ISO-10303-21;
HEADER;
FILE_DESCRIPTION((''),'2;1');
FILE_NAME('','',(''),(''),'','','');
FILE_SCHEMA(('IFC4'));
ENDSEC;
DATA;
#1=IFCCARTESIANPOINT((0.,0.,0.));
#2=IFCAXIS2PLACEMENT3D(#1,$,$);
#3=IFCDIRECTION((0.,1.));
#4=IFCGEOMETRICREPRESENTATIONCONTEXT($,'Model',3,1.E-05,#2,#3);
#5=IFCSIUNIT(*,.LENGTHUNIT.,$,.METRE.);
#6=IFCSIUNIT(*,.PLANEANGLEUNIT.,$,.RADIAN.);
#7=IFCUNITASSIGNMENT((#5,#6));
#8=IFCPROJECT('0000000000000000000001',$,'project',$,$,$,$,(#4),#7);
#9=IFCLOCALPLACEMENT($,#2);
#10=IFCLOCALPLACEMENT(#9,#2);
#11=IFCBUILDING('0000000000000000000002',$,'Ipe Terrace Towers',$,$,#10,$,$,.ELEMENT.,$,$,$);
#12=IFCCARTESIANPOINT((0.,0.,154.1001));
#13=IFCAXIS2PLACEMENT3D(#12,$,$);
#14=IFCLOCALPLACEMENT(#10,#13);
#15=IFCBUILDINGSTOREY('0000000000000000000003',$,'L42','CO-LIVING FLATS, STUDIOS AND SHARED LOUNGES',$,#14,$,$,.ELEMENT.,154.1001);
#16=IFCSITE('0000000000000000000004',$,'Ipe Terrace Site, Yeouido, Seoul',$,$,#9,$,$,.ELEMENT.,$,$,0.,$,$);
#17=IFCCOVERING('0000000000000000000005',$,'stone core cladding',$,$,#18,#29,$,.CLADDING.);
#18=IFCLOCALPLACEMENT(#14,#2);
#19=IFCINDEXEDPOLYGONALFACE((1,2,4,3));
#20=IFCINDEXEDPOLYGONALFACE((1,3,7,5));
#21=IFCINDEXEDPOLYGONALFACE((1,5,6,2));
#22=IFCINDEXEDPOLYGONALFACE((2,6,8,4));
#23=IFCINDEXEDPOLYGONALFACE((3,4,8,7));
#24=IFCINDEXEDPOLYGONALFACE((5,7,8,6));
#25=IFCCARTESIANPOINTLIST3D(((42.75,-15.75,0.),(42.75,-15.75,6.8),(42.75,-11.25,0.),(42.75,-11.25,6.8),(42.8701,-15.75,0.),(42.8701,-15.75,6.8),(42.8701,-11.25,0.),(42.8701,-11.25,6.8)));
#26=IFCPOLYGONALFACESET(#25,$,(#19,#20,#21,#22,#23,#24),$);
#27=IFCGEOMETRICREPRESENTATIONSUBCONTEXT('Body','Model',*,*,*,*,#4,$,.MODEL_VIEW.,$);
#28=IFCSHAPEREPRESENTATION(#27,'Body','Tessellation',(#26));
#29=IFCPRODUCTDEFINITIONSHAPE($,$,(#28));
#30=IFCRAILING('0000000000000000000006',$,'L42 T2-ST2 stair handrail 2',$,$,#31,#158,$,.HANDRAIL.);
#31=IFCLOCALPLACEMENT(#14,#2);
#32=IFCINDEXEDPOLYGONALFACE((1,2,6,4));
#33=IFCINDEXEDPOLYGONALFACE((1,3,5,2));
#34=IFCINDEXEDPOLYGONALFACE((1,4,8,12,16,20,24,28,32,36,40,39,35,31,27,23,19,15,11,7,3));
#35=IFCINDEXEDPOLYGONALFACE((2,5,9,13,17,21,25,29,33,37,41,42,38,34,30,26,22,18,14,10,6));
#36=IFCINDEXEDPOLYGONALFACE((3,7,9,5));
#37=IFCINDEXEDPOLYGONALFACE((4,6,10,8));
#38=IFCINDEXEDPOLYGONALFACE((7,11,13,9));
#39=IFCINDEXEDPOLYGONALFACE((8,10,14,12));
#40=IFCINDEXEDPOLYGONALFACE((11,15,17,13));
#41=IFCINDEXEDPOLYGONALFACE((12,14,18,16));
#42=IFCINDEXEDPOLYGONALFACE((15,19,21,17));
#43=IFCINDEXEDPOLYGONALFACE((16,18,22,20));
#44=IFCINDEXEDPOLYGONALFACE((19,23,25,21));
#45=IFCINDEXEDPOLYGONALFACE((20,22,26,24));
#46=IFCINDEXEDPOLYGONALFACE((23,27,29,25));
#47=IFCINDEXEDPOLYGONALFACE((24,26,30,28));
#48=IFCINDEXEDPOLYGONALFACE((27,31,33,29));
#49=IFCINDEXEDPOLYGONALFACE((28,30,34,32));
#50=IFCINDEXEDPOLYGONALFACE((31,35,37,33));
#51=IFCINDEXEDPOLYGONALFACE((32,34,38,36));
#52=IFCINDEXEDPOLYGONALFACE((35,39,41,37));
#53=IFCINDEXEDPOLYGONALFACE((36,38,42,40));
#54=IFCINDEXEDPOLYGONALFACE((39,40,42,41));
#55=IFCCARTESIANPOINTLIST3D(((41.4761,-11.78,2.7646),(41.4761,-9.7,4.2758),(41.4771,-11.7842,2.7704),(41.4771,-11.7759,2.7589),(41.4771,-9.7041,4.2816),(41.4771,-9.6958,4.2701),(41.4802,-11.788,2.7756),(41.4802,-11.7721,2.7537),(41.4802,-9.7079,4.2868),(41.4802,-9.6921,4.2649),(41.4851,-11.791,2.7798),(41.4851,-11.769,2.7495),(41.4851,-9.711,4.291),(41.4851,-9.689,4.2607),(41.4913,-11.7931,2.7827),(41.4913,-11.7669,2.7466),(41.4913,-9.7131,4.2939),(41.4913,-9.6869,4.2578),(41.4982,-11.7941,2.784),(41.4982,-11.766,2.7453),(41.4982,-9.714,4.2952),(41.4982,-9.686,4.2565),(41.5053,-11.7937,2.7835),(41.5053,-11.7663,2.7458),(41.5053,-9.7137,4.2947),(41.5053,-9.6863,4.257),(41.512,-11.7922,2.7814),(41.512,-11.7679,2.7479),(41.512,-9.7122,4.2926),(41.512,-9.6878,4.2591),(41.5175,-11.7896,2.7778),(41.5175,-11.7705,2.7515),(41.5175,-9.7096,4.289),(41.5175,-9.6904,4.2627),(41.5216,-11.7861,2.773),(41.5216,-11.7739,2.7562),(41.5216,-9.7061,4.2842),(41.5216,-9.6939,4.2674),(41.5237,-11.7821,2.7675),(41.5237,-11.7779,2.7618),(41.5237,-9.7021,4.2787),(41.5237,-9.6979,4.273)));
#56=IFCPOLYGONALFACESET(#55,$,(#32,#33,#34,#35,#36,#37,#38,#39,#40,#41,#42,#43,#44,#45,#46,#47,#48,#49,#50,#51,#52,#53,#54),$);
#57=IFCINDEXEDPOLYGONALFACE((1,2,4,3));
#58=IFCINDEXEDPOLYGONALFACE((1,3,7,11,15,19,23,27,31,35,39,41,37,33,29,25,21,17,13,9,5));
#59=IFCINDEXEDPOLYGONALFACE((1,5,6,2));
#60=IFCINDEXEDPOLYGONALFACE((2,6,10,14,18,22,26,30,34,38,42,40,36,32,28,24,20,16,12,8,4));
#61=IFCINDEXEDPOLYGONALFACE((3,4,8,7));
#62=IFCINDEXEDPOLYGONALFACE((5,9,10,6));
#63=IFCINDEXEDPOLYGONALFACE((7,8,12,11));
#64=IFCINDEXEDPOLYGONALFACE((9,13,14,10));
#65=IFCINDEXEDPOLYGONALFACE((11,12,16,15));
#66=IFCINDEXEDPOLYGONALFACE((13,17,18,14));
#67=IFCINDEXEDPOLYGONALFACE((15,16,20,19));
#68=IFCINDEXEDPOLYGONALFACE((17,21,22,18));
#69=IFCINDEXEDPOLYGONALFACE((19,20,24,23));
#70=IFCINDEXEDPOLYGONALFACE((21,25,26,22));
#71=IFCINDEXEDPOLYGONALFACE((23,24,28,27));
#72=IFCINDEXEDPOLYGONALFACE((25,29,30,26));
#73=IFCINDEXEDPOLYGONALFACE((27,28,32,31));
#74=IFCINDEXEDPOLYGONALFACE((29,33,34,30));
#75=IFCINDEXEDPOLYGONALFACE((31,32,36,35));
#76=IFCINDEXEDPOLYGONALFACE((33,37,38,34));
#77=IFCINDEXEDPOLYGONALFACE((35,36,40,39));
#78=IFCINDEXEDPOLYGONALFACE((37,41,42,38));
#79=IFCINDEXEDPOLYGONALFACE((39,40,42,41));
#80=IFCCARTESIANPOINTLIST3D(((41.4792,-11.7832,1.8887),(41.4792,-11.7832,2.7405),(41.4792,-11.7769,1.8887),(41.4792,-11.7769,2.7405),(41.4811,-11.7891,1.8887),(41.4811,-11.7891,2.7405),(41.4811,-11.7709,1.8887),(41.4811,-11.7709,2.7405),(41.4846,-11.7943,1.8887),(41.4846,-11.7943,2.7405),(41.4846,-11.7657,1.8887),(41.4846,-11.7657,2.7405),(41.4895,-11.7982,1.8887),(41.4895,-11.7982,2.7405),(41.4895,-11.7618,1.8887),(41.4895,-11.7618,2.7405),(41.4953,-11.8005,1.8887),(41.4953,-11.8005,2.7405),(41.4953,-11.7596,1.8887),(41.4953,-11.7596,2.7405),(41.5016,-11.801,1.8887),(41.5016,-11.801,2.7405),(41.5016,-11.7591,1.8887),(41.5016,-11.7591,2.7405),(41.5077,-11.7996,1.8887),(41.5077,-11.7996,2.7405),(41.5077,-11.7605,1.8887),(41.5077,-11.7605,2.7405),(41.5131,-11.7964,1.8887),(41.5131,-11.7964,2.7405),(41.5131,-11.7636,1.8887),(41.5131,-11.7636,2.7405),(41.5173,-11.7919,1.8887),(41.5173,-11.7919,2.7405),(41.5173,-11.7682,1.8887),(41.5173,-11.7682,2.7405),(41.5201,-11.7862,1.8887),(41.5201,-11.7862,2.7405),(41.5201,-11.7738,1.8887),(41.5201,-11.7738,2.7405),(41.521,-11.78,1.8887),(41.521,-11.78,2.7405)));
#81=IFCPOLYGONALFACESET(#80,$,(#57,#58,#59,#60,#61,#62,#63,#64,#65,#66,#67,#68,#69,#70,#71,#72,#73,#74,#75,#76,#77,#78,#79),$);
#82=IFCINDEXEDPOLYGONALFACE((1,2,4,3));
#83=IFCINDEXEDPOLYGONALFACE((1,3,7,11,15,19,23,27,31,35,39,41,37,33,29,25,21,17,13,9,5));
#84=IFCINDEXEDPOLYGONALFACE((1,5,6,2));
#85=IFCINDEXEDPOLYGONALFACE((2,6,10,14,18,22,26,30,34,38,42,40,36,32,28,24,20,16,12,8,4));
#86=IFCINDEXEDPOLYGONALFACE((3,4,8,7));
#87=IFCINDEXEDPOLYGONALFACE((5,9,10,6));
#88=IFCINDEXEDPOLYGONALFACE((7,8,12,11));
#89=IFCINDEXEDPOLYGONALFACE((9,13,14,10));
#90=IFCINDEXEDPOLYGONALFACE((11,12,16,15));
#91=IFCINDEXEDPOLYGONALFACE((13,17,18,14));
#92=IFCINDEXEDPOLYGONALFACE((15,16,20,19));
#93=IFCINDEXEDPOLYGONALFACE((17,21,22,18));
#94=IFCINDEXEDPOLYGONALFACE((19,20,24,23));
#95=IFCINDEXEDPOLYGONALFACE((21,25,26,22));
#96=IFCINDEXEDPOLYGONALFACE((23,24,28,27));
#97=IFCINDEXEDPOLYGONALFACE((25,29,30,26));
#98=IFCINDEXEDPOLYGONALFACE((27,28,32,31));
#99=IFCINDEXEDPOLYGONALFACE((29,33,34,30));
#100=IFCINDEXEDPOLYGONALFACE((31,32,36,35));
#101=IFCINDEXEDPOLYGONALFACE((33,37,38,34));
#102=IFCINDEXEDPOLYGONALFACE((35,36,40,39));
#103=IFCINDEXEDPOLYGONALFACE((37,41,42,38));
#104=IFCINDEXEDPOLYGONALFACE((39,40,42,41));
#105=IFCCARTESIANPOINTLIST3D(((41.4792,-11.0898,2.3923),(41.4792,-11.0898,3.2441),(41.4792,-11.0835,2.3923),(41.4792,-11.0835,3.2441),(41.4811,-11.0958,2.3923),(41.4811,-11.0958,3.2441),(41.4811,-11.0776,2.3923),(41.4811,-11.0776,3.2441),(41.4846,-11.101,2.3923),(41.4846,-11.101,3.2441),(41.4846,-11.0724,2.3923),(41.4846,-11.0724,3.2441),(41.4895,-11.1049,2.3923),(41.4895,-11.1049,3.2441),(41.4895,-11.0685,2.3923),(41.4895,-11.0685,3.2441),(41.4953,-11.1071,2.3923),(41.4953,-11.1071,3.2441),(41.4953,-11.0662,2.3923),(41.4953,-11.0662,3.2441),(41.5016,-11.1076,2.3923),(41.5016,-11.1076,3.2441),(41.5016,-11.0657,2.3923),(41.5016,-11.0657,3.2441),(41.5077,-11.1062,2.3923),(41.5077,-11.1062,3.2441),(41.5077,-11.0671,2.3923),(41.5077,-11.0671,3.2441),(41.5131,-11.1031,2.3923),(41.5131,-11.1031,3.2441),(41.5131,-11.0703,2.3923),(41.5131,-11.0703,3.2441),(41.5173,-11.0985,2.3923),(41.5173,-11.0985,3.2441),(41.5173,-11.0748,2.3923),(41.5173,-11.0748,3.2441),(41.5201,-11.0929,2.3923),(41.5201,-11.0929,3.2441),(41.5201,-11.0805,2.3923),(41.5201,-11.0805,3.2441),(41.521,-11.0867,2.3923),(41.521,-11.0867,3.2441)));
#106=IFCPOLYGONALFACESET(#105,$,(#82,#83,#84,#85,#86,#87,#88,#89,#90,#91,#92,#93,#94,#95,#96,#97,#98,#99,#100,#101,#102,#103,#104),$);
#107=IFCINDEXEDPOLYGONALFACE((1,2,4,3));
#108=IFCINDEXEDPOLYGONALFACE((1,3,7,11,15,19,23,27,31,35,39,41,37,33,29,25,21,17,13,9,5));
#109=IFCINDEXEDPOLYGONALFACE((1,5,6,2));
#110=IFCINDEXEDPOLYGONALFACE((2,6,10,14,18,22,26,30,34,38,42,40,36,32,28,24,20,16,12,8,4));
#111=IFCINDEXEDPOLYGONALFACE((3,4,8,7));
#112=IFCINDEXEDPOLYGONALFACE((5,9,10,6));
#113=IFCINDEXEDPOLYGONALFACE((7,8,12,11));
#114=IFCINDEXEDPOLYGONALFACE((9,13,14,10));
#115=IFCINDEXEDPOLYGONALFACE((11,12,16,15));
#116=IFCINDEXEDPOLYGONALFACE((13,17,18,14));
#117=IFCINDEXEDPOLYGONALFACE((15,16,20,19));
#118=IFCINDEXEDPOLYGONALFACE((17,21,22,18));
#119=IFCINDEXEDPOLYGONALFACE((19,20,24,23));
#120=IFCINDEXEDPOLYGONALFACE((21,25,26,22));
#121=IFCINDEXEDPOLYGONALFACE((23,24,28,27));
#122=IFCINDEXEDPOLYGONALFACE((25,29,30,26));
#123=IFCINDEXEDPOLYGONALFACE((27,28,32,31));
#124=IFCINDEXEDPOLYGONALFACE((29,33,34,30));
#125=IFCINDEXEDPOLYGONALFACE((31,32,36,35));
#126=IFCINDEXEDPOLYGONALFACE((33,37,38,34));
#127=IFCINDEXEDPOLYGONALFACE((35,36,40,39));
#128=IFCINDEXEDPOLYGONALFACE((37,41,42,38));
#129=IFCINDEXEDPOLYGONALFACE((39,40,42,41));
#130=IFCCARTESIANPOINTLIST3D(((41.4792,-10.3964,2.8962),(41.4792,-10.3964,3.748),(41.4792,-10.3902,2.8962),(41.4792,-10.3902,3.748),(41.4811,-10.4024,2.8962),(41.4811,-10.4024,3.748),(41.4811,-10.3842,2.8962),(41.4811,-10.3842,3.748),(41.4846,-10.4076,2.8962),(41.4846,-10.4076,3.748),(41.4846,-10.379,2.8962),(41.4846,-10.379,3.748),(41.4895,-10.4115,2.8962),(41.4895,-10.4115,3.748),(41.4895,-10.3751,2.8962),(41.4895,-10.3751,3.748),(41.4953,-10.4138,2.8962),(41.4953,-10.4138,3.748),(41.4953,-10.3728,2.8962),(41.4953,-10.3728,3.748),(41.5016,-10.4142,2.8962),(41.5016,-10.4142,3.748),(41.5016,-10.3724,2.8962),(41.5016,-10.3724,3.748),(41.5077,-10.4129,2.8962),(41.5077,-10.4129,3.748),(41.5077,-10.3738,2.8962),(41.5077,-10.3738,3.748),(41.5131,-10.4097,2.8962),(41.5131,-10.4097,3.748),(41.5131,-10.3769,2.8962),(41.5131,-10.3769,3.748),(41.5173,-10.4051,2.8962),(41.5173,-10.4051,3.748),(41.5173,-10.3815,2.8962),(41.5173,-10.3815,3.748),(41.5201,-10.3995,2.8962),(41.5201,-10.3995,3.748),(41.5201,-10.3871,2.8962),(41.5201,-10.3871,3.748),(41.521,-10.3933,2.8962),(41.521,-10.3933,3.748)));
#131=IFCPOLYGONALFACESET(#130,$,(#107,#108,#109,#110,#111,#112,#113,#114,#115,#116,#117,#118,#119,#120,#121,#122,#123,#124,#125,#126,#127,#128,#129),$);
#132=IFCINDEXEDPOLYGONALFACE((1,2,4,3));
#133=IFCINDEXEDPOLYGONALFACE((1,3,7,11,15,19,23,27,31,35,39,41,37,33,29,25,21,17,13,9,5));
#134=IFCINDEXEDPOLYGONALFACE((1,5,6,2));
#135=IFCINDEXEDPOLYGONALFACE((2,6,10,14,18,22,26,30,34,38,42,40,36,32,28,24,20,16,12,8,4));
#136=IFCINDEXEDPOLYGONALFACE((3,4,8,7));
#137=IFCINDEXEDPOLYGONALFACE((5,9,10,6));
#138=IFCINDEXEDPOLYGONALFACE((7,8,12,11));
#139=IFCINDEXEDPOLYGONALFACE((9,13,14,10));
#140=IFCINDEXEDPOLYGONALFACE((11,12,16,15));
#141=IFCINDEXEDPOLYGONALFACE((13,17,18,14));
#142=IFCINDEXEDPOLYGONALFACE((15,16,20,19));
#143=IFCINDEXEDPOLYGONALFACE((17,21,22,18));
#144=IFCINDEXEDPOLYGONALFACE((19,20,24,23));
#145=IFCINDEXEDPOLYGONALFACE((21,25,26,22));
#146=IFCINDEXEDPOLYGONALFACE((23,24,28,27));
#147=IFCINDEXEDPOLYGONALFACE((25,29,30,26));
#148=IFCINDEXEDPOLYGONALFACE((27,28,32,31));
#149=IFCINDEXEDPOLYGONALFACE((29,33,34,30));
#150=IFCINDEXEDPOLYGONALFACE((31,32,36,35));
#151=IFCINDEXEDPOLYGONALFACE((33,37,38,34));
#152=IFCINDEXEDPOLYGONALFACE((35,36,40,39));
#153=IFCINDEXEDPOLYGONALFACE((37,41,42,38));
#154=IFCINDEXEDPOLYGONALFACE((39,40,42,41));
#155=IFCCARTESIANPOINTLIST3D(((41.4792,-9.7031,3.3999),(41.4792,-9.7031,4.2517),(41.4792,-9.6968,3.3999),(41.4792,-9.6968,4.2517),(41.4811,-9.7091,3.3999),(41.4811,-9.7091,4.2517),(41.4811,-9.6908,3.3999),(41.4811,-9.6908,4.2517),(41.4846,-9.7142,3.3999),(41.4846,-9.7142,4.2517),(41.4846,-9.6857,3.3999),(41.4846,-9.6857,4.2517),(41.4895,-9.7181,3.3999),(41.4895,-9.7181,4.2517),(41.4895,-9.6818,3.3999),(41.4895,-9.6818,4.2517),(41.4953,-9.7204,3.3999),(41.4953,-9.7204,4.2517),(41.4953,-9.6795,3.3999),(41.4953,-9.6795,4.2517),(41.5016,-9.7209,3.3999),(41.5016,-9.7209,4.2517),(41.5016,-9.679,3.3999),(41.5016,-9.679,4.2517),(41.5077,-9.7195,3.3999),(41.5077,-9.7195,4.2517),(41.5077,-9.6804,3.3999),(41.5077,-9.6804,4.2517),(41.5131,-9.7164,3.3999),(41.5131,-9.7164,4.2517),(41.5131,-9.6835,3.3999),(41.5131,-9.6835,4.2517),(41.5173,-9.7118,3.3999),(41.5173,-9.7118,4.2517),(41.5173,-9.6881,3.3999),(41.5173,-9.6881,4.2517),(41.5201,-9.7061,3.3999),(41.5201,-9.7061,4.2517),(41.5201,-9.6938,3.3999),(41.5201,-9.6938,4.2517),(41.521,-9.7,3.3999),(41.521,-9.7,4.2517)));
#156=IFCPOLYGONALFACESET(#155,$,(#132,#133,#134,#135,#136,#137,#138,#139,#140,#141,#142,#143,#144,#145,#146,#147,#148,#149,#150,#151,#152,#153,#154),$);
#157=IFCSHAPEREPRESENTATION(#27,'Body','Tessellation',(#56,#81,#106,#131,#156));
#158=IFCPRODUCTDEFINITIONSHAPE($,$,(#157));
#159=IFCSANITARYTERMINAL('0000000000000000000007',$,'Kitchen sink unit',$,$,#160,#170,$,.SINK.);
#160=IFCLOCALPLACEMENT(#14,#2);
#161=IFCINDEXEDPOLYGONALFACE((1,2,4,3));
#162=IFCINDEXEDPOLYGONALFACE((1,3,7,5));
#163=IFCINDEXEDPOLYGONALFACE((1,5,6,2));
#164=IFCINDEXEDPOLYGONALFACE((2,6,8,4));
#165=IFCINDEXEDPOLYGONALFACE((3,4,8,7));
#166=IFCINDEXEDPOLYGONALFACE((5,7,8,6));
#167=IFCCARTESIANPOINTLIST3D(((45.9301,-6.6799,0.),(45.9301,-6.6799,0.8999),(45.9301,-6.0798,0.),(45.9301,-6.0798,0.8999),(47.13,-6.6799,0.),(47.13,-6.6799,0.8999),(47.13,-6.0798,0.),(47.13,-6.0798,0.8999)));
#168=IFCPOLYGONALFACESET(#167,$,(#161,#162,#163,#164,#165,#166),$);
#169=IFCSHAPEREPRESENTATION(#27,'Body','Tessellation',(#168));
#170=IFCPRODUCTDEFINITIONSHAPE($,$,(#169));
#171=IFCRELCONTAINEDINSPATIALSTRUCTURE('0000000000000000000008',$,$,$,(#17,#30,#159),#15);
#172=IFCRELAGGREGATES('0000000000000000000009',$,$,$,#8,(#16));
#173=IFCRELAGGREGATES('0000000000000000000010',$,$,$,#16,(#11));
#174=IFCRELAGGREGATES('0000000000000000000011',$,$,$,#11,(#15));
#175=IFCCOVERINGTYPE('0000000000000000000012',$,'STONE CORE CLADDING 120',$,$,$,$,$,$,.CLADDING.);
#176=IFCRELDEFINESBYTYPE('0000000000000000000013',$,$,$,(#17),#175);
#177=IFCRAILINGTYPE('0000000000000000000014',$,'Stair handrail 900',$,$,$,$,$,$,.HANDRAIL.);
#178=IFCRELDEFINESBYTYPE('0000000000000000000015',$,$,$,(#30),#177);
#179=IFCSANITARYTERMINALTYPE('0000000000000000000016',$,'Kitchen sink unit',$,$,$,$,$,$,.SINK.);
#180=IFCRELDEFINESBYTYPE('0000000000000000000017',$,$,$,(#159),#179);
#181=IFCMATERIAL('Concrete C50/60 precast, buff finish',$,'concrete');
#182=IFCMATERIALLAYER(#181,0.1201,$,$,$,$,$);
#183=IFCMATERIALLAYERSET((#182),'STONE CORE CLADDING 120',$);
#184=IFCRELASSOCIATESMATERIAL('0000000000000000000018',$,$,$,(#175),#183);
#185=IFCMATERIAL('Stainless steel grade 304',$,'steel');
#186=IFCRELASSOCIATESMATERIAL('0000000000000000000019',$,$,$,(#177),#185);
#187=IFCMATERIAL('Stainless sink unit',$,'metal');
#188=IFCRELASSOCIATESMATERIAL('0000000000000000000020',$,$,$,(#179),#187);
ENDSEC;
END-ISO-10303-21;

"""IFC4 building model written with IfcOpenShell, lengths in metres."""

from ifc_helpers import new_model, si_unit, direction, frame, origin, origin_2d, place, context, subcontext, project, spatial, rectangle, circle, extrude, material, layer, layer_set, type_object, element, save


model = new_model("IFC4")

# Units and contexts
model_context = context("Model", 3, precision=1e-05, world=origin(), true_north=direction((0.0, 1.0)))
body_context = subcontext(model_context, "Body", "Model", "MODEL_VIEW")
ifc_project = project(units=[si_unit("LENGTHUNIT", "METRE"), si_unit("PLANEANGLEUNIT", "RADIAN")], contexts=[model_context])

# Site, building, storey
site_placement = place(None, origin())
site = spatial("IfcSite", under=ifc_project, at=site_placement, Name="Ipe Terrace Site, Yeouido, Seoul", CompositionType="ELEMENT", RefElevation=0.0)
building_placement = place(site_placement, origin())
building = spatial("IfcBuilding", under=site, at=building_placement, Name="Ipe Terrace Towers", CompositionType="ELEMENT")
storey_placement = place(building_placement, frame((0.0, 0.0, 154.1001)))
storey = spatial("IfcBuildingStorey", under=building, at=storey_placement, Name="L42", Description="CO-LIVING FLATS, STUDIOS AND SHARED LOUNGES", CompositionType="ELEMENT", Elevation=154.1001)

# Covering
ifc_material_1 = material(Name="Concrete C50/60 precast, buff finish", Category="concrete")
ifc_layer_1 = layer(ifc_material_1, 0.1201)
ifc_layer_set_1 = layer_set([ifc_layer_1], Name="STONE CORE CLADDING 120")
covering_type = type_object("IfcCoveringType", Name="STONE CORE CLADDING 120", PredefinedType="CLADDING", material=ifc_layer_set_1)
covering_placement = place(storey_placement, frame((42.8101, -13.5, 0.0), z_axis=(0.0, 0.0, 1.0), x_axis=(0.0, 1.0, 0.0)))
element("IfcCovering", 1, at=covering_placement, inside=storey, type_object=covering_type, Name="stone core cladding", PredefinedType="CLADDING", context=body_context, shape_type="SweptSolid", body=[
    extrude(rectangle(XDim=4.5, YDim=0.1201, at=origin_2d()), origin(), (0.0, 0.0, 1.0), 6.8),
])

# Railing
ifc_material_2 = material(Name="Stainless steel grade 304", Category="steel")
railing_type_1 = type_object("IfcRailingType", Name="Stair handrail 900", PredefinedType="HANDRAIL", material=ifc_material_2)
railing_1_placement = place(storey_placement, frame((41.5, -11.78, 1.8887)))
element("IfcRailing", 2, at=railing_1_placement, inside=storey, type_object=railing_type_1, Name="L42 T2-ST2 stair handrail 2", PredefinedType="HANDRAIL", context=body_context, shape_type="SweptSolid", body=[
    extrude(circle(Radius=0.0239, at=origin_2d()), frame((0.0, 0.0, 0.876), z_axis=(0.0, 0.809023, 0.587776), x_axis=(-1.0, 0.0, 0.0)), (0.0, 0.0, 1.0), 2.571),
    extrude(circle(Radius=0.021, at=origin_2d()), origin(), (0.0, 0.0, 1.0), 0.8518),
    extrude(circle(Radius=0.021, at=origin_2d()), frame((0.0, 0.6934, 0.5037)), (0.0, 0.0, 1.0), 0.8518),
    extrude(circle(Radius=0.021, at=origin_2d()), frame((0.0, 1.3867, 1.0076)), (0.0, 0.0, 1.0), 0.8518),
    extrude(circle(Radius=0.021, at=origin_2d()), frame((0.0, 2.0801, 1.5112)), (0.0, 0.0, 1.0), 0.8518),
])

# Sanitary terminal
ifc_material_3 = material(Name="Stainless sink unit", Category="metal")
sanitary_terminal_type = type_object("IfcSanitaryTerminalType", Name="Kitchen sink unit", PredefinedType="SINK", material=ifc_material_3)
sanitary_terminal_placement = place(storey_placement, frame((46.53, -6.3799, 0.0), z_axis=(0.0, 0.0, 1.0), x_axis=(-1.0, 0.0, 0.0)))
element("IfcSanitaryTerminal", 3, at=sanitary_terminal_placement, inside=storey, type_object=sanitary_terminal_type, Name="Kitchen sink unit", PredefinedType="SINK", context=body_context, shape_type="SweptSolid", body=[
    extrude(rectangle(XDim=1.2, YDim=0.6001, at=origin_2d()), origin(), (0.0, 0.0, 1.0), 0.8999),
])

save(model, "model.ifc")
